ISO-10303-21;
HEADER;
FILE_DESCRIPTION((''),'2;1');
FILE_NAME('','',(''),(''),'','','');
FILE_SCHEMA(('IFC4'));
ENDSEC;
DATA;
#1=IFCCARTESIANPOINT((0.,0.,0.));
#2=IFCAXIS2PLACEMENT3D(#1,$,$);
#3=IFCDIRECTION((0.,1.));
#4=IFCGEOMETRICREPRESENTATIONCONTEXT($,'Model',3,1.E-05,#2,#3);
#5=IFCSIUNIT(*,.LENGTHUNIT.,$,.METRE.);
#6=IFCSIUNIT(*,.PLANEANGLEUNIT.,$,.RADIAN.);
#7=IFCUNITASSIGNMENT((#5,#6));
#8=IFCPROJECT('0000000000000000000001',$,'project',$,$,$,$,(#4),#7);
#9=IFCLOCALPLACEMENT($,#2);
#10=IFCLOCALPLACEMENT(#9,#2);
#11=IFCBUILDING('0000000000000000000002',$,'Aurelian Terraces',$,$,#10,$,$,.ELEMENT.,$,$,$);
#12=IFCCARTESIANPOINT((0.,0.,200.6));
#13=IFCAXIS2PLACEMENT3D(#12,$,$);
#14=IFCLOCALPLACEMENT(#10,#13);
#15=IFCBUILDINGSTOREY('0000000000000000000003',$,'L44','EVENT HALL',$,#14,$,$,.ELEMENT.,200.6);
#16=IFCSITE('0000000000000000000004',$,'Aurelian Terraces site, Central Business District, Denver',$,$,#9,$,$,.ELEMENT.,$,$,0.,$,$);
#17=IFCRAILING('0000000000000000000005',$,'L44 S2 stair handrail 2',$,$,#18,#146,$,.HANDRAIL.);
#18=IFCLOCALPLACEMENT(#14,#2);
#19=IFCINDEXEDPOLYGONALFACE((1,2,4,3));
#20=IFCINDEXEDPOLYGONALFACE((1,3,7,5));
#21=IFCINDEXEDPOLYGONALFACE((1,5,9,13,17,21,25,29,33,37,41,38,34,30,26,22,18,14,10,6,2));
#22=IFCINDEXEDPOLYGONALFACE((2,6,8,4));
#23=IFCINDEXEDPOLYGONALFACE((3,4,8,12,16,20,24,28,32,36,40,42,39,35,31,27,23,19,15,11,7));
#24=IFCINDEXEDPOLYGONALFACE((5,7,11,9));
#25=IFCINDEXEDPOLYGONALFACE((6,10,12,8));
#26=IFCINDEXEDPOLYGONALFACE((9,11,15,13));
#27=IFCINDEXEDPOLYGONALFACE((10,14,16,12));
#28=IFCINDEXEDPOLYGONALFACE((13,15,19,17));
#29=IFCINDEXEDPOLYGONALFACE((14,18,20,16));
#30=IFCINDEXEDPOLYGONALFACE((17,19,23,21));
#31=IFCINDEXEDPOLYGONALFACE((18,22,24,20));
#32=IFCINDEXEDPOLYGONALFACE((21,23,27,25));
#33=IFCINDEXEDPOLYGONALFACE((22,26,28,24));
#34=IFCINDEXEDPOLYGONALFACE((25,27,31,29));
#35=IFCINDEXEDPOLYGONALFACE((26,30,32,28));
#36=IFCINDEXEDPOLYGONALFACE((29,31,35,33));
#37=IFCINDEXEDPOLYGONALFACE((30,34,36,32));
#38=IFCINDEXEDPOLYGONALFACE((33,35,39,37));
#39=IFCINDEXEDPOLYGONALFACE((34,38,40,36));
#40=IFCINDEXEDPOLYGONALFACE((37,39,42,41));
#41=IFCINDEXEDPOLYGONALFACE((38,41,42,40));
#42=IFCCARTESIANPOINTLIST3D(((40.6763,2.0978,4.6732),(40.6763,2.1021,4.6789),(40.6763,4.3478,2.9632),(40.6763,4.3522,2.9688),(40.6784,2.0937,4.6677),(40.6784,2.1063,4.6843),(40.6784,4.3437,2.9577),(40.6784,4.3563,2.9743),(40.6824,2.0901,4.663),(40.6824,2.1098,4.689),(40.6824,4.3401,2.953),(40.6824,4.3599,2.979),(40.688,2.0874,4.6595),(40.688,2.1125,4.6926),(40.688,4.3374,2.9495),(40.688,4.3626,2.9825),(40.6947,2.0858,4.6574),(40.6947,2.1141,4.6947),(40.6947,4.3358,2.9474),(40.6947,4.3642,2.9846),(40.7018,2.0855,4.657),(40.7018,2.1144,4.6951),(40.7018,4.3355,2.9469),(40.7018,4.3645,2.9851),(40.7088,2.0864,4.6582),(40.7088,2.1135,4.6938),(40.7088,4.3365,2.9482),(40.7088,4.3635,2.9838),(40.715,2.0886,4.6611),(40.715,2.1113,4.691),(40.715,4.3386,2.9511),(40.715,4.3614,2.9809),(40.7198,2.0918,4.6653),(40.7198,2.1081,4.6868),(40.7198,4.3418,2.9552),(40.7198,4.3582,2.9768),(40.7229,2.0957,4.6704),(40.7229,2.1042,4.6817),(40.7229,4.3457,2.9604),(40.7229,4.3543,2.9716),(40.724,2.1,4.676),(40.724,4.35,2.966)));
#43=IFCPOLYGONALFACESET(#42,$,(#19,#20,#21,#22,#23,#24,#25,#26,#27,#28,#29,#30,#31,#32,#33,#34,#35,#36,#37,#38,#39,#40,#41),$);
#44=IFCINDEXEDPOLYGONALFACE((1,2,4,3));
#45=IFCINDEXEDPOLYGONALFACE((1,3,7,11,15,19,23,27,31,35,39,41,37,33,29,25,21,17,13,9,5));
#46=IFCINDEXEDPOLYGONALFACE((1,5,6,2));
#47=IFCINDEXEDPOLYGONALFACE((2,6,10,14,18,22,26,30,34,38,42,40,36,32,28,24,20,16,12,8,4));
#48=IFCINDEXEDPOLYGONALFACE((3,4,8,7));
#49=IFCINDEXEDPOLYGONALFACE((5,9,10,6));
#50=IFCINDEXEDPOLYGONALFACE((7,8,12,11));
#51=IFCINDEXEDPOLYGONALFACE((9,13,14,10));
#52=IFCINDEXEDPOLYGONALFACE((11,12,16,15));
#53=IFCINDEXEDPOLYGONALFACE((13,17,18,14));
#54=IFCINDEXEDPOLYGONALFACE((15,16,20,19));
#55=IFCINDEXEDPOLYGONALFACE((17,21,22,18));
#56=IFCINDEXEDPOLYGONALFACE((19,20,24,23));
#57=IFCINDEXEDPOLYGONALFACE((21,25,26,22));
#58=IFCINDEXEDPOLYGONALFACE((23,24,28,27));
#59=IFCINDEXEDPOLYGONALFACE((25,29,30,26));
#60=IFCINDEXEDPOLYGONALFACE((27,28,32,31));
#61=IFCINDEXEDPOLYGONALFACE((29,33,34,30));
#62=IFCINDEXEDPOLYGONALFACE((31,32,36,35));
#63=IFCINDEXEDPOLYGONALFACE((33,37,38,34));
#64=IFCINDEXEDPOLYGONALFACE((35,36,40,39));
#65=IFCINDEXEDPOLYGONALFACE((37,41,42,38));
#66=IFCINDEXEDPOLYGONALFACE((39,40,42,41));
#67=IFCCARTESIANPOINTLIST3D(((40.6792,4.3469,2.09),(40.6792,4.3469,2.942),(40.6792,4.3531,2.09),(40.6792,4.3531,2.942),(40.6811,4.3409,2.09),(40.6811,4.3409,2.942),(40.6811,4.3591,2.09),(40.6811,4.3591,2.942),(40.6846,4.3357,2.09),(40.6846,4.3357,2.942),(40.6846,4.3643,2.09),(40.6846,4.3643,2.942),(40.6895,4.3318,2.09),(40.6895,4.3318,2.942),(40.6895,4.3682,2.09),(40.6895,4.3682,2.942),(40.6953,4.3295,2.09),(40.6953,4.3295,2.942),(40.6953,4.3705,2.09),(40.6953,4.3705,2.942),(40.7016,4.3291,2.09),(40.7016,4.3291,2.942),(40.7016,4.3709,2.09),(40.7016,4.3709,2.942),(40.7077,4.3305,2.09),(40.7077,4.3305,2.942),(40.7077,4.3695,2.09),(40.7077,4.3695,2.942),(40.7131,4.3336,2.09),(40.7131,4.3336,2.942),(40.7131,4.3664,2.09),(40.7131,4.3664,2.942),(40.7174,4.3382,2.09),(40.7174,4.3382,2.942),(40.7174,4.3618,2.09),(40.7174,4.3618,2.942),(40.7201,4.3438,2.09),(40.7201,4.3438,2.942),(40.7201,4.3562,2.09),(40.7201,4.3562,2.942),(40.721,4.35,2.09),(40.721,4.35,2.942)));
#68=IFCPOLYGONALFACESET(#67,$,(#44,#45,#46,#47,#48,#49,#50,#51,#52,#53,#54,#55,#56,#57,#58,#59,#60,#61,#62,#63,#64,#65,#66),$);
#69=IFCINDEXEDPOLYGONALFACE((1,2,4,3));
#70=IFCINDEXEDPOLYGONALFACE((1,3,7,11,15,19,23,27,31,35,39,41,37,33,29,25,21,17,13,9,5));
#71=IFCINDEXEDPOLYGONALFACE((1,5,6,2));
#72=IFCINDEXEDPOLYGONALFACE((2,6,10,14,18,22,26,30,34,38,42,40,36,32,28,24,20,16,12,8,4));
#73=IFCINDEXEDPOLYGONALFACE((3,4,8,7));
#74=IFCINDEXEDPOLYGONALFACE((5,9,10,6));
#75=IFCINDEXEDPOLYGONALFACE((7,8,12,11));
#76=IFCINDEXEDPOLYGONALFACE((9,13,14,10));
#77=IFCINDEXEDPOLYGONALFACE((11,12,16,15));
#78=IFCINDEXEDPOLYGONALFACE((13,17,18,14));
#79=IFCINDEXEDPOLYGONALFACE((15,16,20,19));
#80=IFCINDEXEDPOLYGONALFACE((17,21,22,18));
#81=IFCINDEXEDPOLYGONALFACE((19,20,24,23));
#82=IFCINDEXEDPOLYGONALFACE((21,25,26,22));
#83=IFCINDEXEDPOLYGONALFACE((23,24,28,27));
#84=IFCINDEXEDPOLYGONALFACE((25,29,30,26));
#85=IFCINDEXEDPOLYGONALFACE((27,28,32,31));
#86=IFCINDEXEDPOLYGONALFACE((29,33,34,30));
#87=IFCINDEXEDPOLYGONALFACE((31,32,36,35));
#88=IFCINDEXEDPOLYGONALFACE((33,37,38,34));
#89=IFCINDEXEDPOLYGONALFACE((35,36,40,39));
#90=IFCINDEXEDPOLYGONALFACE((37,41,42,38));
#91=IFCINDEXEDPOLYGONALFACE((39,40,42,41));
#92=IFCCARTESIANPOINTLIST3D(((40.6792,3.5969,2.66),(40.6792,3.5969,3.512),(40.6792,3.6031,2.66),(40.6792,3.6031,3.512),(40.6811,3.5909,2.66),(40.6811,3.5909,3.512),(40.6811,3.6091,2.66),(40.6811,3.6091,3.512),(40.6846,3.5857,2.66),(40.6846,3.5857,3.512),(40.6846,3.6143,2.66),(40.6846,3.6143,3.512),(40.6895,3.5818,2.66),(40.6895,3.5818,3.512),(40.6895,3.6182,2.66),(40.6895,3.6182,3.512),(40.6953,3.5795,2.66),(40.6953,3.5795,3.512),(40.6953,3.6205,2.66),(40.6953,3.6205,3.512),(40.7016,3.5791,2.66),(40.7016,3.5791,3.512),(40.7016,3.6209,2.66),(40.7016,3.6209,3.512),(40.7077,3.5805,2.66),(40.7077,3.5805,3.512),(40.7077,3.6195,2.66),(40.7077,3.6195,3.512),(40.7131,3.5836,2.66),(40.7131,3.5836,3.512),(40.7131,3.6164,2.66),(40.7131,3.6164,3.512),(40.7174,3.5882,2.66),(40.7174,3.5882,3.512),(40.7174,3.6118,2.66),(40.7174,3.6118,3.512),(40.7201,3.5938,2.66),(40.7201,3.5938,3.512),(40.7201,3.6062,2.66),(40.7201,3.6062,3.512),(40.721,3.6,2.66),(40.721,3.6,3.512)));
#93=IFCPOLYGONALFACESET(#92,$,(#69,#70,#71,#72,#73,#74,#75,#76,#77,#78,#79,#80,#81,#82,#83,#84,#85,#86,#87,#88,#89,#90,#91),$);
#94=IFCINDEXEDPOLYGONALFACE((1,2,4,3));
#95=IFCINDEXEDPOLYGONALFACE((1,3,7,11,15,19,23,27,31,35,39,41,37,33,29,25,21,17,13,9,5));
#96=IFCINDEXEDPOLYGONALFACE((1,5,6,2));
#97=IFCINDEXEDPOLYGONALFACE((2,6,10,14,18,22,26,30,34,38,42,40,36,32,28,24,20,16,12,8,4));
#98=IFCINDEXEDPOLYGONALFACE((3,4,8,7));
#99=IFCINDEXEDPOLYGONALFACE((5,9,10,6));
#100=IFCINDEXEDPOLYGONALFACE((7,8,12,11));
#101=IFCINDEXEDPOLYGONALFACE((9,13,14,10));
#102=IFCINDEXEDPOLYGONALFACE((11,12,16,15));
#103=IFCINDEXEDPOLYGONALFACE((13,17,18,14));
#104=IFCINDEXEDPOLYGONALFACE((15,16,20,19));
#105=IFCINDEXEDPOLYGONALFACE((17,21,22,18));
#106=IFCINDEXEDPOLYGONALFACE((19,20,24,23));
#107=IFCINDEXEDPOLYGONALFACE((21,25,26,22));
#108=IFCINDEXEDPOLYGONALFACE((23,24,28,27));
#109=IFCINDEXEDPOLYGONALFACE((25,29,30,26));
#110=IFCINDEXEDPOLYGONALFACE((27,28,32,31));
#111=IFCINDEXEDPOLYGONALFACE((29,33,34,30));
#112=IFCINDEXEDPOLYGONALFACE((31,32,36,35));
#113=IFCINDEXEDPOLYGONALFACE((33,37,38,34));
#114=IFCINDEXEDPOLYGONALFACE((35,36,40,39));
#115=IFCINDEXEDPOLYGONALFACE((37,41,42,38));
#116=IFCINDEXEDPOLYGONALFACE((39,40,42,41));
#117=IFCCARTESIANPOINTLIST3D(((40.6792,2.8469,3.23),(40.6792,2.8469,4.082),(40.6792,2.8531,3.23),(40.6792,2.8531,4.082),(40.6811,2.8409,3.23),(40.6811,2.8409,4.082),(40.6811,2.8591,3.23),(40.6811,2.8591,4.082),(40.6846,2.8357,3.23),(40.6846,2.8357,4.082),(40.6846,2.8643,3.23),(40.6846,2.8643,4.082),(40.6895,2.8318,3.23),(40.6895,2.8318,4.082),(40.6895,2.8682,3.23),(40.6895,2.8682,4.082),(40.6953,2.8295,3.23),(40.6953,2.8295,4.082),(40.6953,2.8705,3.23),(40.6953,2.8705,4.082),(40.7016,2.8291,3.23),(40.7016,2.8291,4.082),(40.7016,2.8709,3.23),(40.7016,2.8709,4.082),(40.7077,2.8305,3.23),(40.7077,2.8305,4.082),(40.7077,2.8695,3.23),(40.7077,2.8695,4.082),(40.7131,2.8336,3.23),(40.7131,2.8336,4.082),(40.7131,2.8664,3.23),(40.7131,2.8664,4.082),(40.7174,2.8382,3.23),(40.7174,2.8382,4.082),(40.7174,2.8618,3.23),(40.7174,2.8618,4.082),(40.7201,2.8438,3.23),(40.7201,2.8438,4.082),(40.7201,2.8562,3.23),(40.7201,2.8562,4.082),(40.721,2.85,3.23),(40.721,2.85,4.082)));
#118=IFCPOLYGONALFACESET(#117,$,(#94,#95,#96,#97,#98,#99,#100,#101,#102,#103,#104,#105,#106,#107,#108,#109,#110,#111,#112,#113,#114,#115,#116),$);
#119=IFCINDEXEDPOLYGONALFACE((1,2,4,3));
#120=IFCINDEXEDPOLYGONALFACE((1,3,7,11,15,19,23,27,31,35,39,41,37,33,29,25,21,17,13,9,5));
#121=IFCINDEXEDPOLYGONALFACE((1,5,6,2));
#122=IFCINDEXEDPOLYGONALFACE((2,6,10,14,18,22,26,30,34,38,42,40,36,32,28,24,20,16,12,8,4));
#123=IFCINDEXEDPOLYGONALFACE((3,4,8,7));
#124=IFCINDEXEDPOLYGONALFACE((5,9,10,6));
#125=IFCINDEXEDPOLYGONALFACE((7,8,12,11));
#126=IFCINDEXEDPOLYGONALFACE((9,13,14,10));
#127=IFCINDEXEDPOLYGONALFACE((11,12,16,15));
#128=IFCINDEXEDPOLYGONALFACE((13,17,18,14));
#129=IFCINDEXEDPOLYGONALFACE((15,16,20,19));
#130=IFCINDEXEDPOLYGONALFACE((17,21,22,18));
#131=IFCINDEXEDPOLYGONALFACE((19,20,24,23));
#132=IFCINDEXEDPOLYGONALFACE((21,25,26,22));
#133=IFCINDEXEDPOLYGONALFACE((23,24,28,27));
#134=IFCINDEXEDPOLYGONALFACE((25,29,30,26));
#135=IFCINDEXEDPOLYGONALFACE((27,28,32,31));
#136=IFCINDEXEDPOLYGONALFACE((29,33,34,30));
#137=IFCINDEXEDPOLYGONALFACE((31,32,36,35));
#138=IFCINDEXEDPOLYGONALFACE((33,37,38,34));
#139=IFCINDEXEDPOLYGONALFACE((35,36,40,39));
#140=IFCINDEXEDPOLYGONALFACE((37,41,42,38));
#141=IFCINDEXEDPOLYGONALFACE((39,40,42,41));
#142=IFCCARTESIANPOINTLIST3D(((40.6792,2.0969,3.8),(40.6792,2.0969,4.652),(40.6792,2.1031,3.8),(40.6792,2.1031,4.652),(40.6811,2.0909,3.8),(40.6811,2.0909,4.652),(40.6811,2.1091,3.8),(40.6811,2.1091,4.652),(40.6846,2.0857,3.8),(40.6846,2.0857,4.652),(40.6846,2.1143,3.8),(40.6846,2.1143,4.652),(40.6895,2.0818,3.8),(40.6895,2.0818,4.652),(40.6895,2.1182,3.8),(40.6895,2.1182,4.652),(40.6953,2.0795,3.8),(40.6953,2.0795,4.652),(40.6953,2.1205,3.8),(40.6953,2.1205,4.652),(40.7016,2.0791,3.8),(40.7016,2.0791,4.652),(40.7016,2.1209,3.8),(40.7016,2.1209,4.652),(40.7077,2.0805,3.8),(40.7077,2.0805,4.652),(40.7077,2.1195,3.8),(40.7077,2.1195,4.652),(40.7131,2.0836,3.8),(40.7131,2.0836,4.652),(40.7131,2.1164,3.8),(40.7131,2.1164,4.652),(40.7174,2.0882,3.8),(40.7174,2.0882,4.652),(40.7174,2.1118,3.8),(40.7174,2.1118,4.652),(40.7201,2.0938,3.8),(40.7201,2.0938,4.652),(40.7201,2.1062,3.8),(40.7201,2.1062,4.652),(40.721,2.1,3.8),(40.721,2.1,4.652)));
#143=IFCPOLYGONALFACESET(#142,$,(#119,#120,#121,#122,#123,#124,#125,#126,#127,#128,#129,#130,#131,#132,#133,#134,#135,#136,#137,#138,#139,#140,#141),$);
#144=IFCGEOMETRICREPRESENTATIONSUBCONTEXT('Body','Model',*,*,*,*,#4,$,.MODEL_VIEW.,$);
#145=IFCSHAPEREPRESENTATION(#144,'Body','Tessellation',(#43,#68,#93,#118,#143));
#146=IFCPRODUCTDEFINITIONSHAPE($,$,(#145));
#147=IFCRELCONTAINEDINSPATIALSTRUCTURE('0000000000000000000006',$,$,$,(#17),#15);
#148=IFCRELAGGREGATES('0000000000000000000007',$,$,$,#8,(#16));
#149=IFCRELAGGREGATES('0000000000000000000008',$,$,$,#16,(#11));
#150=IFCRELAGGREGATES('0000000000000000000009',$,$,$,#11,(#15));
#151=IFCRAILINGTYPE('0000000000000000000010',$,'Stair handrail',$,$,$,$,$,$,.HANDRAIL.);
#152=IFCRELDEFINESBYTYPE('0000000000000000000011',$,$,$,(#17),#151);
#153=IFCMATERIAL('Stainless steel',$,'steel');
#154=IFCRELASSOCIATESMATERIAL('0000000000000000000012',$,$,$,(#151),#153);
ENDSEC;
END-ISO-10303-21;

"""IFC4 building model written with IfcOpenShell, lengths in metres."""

from ifc_helpers import new_model, si_unit, direction, frame, origin, origin_2d, place, context, subcontext, project, spatial, circle, extrude, source, transform, mapped, material, type_object, element, save


model = new_model("IFC4")

# Units and contexts
model_context = context("Model", 3, precision=1e-05, world=origin(), true_north=direction((0.0, 1.0)))
body_context = subcontext(model_context, "Body", "Model", "MODEL_VIEW")
ifc_project = project(units=[si_unit("LENGTHUNIT", "METRE"), si_unit("PLANEANGLEUNIT", "RADIAN")], contexts=[model_context])

# Site, building, storey
site_placement = place(None, origin())
site = spatial("IfcSite", under=ifc_project, at=site_placement, Name="Aurelian Terraces site, Central Business District, Denver", CompositionType="ELEMENT", RefElevation=0.0)
building_placement = place(site_placement, origin())
building = spatial("IfcBuilding", under=site, at=building_placement, Name="Aurelian Terraces", CompositionType="ELEMENT")
storey_placement = place(building_placement, frame((0.0, 0.0, 200.6)))
storey = spatial("IfcBuildingStorey", under=building, at=storey_placement, Name="L44", Description="EVENT HALL", CompositionType="ELEMENT", Elevation=200.6)

# Railing
ifc_material_1 = material(Name="Stainless steel", Category="steel")
railing_type = type_object("IfcRailingType", Name="Stair handrail", PredefinedType="HANDRAIL", material=ifc_material_1)
shared_shape_1 = source(origin(), body_context, "Body", "SweptSolid", [
    extrude(circle(Radius=0.024, at=origin_2d()), frame((0.0, 0.0, 0.876), z_axis=(0.0, -0.796162, 0.605083), x_axis=(1.0, 0.0, 0.0)), (0.0, 0.0, 1.0), 2.8261),
    extrude(circle(Radius=0.021, at=origin_2d()), origin(), (0.0, 0.0, 1.0), 0.852),
    extrude(circle(Radius=0.021, at=origin_2d()), frame((0.0, -0.75, 0.57)), (0.0, 0.0, 1.0), 0.852),
    extrude(circle(Radius=0.021, at=origin_2d()), frame((0.0, -1.5, 1.14)), (0.0, 0.0, 1.0), 0.852),
    extrude(circle(Radius=0.021, at=origin_2d()), frame((0.0, -2.25, 1.71)), (0.0, 0.0, 1.0), 0.852),
])
railing_placement = place(storey_placement, frame((40.7, 4.35, 2.09)))
element("IfcRailing", 1, at=railing_placement, inside=storey, type_object=railing_type, Name="L44 S2 stair handrail 2", PredefinedType="HANDRAIL", context=body_context, shape_type="MappedRepresentation", body=[
    mapped(shared_shape_1, transform((0.0, 0.0, 0.0), scale=1.0)),
])

save(model, "model.ifc")
